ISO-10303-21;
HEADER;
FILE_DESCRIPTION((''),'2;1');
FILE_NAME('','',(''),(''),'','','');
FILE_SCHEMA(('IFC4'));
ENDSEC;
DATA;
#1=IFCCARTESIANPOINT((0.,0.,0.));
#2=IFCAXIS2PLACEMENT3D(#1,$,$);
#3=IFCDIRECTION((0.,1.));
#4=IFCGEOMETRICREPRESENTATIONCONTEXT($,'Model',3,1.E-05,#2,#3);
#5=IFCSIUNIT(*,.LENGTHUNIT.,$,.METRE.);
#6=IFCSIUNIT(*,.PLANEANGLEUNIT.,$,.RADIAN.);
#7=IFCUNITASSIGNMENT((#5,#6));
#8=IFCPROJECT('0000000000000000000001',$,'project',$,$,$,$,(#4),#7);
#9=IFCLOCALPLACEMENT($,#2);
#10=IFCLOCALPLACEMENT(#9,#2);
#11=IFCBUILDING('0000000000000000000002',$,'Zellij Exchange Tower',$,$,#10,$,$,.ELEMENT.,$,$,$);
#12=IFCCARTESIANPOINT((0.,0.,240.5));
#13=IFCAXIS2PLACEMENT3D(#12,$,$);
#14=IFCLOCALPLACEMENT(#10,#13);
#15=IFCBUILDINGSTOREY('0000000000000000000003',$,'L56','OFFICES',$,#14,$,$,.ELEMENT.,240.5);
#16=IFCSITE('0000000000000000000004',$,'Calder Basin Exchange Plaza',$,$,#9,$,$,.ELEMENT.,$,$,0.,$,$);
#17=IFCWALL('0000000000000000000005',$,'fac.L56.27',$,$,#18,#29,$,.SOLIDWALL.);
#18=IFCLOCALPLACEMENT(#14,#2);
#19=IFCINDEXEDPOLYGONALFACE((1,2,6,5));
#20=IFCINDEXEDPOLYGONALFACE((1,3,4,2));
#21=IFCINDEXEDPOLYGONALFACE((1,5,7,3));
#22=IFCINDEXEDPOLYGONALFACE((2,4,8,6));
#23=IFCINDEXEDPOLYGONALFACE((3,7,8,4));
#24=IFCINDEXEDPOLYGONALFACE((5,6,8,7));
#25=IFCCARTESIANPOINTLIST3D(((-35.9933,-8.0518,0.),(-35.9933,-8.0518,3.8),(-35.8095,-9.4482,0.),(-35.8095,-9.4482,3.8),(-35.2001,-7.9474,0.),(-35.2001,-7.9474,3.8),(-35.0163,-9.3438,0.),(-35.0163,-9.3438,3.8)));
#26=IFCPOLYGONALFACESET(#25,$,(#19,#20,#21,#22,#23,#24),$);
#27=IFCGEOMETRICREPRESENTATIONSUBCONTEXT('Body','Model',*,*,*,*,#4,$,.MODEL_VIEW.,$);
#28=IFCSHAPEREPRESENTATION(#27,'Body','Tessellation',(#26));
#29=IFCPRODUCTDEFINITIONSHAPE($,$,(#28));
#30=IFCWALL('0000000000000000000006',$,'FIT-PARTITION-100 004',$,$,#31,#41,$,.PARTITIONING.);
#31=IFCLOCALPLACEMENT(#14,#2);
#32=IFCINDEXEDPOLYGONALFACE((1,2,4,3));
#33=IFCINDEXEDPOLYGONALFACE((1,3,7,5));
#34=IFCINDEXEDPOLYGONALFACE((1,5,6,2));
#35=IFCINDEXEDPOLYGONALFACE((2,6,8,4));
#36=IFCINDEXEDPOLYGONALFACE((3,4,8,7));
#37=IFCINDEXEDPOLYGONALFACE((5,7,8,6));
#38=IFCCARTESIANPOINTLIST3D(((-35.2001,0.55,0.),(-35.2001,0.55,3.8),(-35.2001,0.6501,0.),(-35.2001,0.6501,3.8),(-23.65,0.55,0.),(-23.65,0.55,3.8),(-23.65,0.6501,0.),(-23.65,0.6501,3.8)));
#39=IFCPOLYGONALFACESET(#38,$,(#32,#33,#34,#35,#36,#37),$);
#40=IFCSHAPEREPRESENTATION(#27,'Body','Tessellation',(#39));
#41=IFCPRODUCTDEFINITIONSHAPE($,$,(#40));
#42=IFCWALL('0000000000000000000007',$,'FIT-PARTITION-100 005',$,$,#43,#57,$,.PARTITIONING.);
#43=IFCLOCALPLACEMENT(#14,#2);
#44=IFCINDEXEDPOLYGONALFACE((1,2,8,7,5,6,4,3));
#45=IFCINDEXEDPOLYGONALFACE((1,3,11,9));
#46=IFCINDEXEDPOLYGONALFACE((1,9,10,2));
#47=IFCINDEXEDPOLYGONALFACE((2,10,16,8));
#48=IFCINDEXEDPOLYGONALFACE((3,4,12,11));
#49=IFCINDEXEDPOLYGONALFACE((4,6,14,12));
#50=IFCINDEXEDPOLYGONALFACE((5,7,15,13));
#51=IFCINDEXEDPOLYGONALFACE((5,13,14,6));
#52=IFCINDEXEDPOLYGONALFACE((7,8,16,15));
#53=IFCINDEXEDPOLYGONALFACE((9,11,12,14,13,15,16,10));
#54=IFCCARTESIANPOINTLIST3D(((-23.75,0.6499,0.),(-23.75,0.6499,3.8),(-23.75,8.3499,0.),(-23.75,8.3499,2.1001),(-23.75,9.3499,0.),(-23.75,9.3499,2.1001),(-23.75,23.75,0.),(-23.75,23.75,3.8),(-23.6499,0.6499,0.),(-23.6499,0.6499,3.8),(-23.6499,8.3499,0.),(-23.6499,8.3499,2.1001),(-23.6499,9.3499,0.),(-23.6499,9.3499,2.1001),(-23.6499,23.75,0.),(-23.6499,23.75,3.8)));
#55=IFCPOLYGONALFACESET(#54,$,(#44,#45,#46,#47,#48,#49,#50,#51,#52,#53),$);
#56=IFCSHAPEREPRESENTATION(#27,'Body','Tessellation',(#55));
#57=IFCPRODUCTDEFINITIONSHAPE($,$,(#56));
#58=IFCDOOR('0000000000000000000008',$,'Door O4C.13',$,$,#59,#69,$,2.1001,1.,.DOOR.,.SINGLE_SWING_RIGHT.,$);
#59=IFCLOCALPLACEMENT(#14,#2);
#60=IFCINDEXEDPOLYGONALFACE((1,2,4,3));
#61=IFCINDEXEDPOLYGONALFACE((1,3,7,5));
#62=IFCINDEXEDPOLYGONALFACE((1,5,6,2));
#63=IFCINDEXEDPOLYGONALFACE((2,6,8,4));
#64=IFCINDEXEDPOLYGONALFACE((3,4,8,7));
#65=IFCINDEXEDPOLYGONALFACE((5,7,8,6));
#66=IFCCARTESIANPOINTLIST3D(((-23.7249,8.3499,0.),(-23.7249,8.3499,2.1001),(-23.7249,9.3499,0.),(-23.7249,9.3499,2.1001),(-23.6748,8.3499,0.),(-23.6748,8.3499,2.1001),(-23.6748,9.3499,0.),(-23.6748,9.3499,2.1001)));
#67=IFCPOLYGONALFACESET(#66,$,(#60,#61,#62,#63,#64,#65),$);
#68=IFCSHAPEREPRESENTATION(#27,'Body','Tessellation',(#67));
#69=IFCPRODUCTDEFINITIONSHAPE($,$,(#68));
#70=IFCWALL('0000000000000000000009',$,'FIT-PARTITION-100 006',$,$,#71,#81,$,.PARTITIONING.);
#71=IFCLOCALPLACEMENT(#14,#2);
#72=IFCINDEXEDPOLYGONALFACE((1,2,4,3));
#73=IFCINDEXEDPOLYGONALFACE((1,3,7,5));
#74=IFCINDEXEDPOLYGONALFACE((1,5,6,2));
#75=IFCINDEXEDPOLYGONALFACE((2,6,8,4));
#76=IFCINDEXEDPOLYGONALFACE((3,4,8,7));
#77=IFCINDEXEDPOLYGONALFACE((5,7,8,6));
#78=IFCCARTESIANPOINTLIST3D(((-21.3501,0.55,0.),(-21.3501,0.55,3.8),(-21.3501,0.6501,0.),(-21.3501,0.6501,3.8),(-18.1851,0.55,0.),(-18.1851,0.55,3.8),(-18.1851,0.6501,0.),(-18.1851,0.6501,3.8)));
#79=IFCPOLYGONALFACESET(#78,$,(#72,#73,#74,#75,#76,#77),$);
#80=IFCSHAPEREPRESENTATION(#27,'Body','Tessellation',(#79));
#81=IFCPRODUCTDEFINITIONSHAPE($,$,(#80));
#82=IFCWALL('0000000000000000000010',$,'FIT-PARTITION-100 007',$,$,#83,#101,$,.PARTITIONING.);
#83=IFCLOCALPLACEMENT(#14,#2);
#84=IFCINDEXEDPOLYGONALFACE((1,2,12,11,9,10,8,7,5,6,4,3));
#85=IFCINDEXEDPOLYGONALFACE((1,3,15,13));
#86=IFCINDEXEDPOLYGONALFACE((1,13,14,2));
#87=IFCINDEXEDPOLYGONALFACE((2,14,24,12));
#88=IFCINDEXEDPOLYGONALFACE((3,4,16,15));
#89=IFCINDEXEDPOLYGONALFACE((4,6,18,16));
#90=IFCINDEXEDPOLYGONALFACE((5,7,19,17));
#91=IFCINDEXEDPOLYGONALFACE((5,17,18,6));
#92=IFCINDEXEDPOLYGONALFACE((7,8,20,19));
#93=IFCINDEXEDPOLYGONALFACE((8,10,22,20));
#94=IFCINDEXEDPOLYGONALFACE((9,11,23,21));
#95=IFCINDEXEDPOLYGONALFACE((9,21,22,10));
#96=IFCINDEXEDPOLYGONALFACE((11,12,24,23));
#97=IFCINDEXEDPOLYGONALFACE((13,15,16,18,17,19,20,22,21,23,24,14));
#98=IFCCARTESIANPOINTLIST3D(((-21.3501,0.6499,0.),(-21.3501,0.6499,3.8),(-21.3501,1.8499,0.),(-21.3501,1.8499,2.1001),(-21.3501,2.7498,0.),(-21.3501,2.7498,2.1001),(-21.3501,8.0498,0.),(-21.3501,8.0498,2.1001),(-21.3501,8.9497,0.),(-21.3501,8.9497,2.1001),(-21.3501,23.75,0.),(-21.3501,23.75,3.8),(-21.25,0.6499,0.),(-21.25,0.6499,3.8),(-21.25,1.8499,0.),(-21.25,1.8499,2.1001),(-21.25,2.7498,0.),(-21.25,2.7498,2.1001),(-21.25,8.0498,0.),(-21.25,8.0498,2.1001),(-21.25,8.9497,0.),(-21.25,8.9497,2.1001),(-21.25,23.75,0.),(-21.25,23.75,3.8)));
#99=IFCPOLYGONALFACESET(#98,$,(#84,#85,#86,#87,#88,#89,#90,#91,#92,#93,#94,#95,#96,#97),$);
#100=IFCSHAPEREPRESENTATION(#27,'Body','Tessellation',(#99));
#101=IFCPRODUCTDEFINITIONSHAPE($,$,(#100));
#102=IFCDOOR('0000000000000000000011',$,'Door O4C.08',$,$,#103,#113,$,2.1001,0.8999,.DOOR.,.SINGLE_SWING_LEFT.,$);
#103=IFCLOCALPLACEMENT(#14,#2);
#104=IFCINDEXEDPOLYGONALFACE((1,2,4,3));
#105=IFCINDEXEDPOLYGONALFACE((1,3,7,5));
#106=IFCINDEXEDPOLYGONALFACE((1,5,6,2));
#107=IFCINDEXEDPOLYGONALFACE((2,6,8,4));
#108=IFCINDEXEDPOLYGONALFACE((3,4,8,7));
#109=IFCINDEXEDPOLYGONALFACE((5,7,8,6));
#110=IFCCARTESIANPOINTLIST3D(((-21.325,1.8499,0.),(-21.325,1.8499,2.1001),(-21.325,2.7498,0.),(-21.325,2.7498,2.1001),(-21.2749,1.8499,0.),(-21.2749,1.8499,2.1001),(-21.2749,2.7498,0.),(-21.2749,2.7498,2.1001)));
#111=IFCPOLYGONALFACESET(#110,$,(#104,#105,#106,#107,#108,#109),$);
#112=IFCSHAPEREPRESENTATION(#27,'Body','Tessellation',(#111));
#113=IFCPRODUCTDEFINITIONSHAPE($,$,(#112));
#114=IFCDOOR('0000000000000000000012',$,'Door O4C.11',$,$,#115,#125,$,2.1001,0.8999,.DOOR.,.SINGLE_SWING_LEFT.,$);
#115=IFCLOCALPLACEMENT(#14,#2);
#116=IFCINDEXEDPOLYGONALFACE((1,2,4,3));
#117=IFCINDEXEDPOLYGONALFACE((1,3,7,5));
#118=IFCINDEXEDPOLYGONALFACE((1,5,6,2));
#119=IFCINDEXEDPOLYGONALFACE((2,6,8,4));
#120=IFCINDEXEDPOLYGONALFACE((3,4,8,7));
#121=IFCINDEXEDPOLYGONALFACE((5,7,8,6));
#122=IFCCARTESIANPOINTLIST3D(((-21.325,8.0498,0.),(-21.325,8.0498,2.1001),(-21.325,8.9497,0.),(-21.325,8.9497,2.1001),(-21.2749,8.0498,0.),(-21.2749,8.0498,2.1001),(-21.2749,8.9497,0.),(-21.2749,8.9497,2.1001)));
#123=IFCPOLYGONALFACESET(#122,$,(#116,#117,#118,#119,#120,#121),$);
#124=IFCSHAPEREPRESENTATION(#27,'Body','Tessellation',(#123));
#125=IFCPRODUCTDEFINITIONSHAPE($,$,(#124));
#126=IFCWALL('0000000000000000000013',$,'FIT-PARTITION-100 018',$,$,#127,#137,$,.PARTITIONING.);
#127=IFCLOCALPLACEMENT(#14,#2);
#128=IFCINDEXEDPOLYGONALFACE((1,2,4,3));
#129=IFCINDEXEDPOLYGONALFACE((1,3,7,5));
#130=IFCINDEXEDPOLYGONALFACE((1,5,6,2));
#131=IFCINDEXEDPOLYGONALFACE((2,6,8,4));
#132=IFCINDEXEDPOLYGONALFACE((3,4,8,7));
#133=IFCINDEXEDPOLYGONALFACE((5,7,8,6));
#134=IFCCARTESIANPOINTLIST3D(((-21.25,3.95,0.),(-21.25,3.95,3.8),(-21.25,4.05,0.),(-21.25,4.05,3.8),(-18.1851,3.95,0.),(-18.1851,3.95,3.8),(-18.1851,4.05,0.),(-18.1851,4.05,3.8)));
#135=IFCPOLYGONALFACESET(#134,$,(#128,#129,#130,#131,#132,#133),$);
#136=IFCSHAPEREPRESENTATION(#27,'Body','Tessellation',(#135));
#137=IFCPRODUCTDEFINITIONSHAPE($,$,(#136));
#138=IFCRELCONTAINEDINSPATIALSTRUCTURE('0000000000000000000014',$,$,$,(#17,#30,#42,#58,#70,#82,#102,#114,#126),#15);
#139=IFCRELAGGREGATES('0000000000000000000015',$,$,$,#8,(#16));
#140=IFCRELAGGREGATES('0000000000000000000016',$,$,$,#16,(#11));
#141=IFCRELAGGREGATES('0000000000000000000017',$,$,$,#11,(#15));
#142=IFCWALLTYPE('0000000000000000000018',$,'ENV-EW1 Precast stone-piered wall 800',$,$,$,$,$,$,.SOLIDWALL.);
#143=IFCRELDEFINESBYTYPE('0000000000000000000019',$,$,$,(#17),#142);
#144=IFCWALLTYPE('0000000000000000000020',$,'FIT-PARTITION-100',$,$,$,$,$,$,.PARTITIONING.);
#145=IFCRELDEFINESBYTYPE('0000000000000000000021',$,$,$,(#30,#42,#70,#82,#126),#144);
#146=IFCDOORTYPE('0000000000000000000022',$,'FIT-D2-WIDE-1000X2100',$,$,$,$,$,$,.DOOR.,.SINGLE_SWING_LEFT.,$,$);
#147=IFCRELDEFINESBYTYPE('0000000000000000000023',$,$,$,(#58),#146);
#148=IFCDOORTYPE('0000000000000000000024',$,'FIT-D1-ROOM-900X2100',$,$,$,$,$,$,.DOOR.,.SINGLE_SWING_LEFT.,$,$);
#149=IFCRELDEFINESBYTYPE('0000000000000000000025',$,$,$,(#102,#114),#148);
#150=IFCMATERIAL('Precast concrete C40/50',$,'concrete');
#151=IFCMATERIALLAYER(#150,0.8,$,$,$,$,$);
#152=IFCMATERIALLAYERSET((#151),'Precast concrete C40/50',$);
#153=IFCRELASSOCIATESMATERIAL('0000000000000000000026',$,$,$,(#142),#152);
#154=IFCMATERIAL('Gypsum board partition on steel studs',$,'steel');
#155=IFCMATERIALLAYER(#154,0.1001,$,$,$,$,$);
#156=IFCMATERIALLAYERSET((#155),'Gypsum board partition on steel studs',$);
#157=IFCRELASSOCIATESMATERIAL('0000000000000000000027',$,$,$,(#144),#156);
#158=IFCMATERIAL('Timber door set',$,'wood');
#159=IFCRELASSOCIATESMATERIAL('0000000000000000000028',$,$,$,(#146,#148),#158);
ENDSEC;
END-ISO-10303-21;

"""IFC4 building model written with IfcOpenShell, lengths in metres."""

from ifc_helpers import new_model, si_unit, direction, frame, frame_2d, origin, place, context, subcontext, project, spatial, rectangle, extrude, material, layer, layer_set, type_object, element, fill, save


model = new_model("IFC4")

# Units and contexts
model_context = context("Model", 3, precision=1e-05, world=origin(), true_north=direction((0.0, 1.0)))
body_context = subcontext(model_context, "Body", "Model", "MODEL_VIEW")
ifc_project = project(units=[si_unit("LENGTHUNIT", "METRE"), si_unit("PLANEANGLEUNIT", "RADIAN")], contexts=[model_context])

# Site, building, storey
site_placement = place(None, origin())
site = spatial("IfcSite", under=ifc_project, at=site_placement, Name="Calder Basin Exchange Plaza", CompositionType="ELEMENT", RefElevation=0.0)
building_placement = place(site_placement, origin())
building = spatial("IfcBuilding", under=site, at=building_placement, Name="Zellij Exchange Tower", CompositionType="ELEMENT")
storey_placement = place(building_placement, frame((0.0, 0.0, 240.5)))
storey = spatial("IfcBuildingStorey", under=building, at=storey_placement, Name="L56", Description="OFFICES", CompositionType="ELEMENT", Elevation=240.5)

# Walls
ifc_material_1 = material(Name="Precast concrete C40/50", Category="concrete")
ifc_layer_1 = layer(ifc_material_1, 0.8)
ifc_layer_set_1 = layer_set([ifc_layer_1], Name="Precast concrete C40/50")
wall_type_1 = type_object("IfcWallType", Name="ENV-EW1 Precast stone-piered wall 800", PredefinedType="SOLIDWALL", material=ifc_layer_set_1)
wall_1_placement = place(storey_placement, frame((-35.5967, -7.9998, 0.0), z_axis=(0.0, 0.0, 1.0), x_axis=(0.130517, -0.991446, 0.0)))
element("IfcWall", 1, at=wall_1_placement, inside=storey, type_object=wall_type_1, Name="fac.L56.27", PredefinedType="SOLIDWALL", context=body_context, shape_type="SweptSolid", body=[
    extrude(rectangle(XDim=1.4084, YDim=0.8, at=frame_2d((0.7041, 0.0))), origin(), (0.0, 0.0, 1.0), 3.8),
])
ifc_material_2 = material(Name="Gypsum board partition on steel studs", Category="steel")
ifc_layer_2 = layer(ifc_material_2, 0.1001)
ifc_layer_set_2 = layer_set([ifc_layer_2], Name="Gypsum board partition on steel studs")
wall_type_2 = type_object("IfcWallType", Name="FIT-PARTITION-100", PredefinedType="PARTITIONING", material=ifc_layer_set_2)
wall_2_placement = place(storey_placement, frame((-35.2, 0.6001, 0.0), z_axis=(0.0, 0.0, 1.0), x_axis=(1.0, 0.0, 0.0)))
element("IfcWall", 2, at=wall_2_placement, inside=storey, type_object=wall_type_2, Name="FIT-PARTITION-100 004", PredefinedType="PARTITIONING", context=body_context, shape_type="SweptSolid", body=[
    extrude(rectangle(XDim=11.55, YDim=0.1001, at=frame_2d((5.7749, 0.0))), origin(), (0.0, 0.0, 1.0), 3.8),
])

# Wall, opening, door
wall_3_placement = place(storey_placement, frame((-23.7, 0.6499, 0.0), z_axis=(0.0, 0.0, 1.0), x_axis=(0.0, 1.0, 0.0)))
wall_3 = element("IfcWall", 3, at=wall_3_placement, inside=storey, type_object=wall_type_2, Name="FIT-PARTITION-100 005", PredefinedType="PARTITIONING", context=body_context, shape_type="SweptSolid", body=[
    extrude(rectangle(XDim=23.1001, YDim=0.1001, at=frame_2d((11.55, 0.0))), origin(), (0.0, 0.0, 1.0), 3.8),
])
opening_1_placement = place(wall_3_placement, frame((7.7, 0.0, 0.0)))
opening_1 = element("IfcOpeningElement", 4, at=opening_1_placement, cuts=wall_3, PredefinedType="OPENING", context=body_context, shape_type="SweptSolid", body=[
    extrude(rectangle(XDim=1.0, YDim=2.1001, at=frame_2d((0.5, 1.05))), frame((0.0, 0.062, 0.0), z_axis=(0.0, -1.0, 0.0), x_axis=(1.0, 0.0, 0.0)), (0.0, 0.0, 1.0), 0.124),
])
ifc_material_3 = material(Name="Timber door set", Category="wood")
door_type_1 = type_object("IfcDoorType", Name="FIT-D2-WIDE-1000X2100", OperationType="SINGLE_SWING_LEFT", PredefinedType="DOOR", material=ifc_material_3)
door_1_placement = place(opening_1_placement, origin())
door_1 = element("IfcDoor", 5, at=door_1_placement, inside=storey, type_object=door_type_1, Name="Door O4C.13", OperationType="SINGLE_SWING_RIGHT", OverallHeight=2.1001, OverallWidth=1.0, PredefinedType="DOOR", context=body_context, shape_type="SweptSolid", body=[
    extrude(rectangle(XDim=1.0, YDim=2.1001, at=frame_2d((0.5, 1.05))), frame((0.0, 0.0249, 0.0), z_axis=(0.0, -1.0, 0.0), x_axis=(1.0, 0.0, 0.0)), (0.0, 0.0, 1.0), 0.05),
])
fill(opening_1, door_1)

# Wall
wall_4_placement = place(storey_placement, frame((-21.3501, 0.6001, 0.0), z_axis=(0.0, 0.0, 1.0), x_axis=(1.0, 0.0, 0.0)))
element("IfcWall", 6, at=wall_4_placement, inside=storey, type_object=wall_type_2, Name="FIT-PARTITION-100 006", PredefinedType="PARTITIONING", context=body_context, shape_type="SweptSolid", body=[
    extrude(rectangle(XDim=3.165, YDim=0.1001, at=frame_2d((1.5825, 0.0))), origin(), (0.0, 0.0, 1.0), 3.8),
])

# Wall, openings, doors
wall_5_placement = place(storey_placement, frame((-21.3, 0.6499, 0.0), z_axis=(0.0, 0.0, 1.0), x_axis=(0.0, 1.0, 0.0)))
wall_5 = element("IfcWall", 7, at=wall_5_placement, inside=storey, type_object=wall_type_2, Name="FIT-PARTITION-100 007", PredefinedType="PARTITIONING", context=body_context, shape_type="SweptSolid", body=[
    extrude(rectangle(XDim=23.1001, YDim=0.1001, at=frame_2d((11.55, 0.0))), origin(), (0.0, 0.0, 1.0), 3.8),
])
opening_2_placement = place(wall_5_placement, frame((1.2, 0.0, 0.0)))
opening_2 = element("IfcOpeningElement", 8, at=opening_2_placement, cuts=wall_5, PredefinedType="OPENING", context=body_context, shape_type="SweptSolid", body=[
    extrude(rectangle(XDim=0.8999, YDim=2.1001, at=frame_2d((0.45, 1.05))), frame((0.0, 0.062, 0.0), z_axis=(0.0, -1.0, 0.0), x_axis=(1.0, 0.0, 0.0)), (0.0, 0.0, 1.0), 0.124),
])
opening_3_placement = place(wall_5_placement, frame((7.3999, 0.0, 0.0)))
opening_3 = element("IfcOpeningElement", 9, at=opening_3_placement, cuts=wall_5, PredefinedType="OPENING", context=body_context, shape_type="SweptSolid", body=[
    extrude(rectangle(XDim=0.8999, YDim=2.1001, at=frame_2d((0.45, 1.05))), frame((0.0, 0.062, 0.0), z_axis=(0.0, -1.0, 0.0), x_axis=(1.0, 0.0, 0.0)), (0.0, 0.0, 1.0), 0.124),
])
door_type_2 = type_object("IfcDoorType", Name="FIT-D1-ROOM-900X2100", OperationType="SINGLE_SWING_LEFT", PredefinedType="DOOR", material=ifc_material_3)
door_2_placement = place(opening_2_placement, origin())
door_2 = element("IfcDoor", 10, at=door_2_placement, inside=storey, type_object=door_type_2, Name="Door O4C.08", OperationType="SINGLE_SWING_LEFT", OverallHeight=2.1001, OverallWidth=0.8999, PredefinedType="DOOR", context=body_context, shape_type="SweptSolid", body=[
    extrude(rectangle(XDim=0.8999, YDim=2.1001, at=frame_2d((0.45, 1.05))), frame((0.0, 0.0249, 0.0), z_axis=(0.0, -1.0, 0.0), x_axis=(1.0, 0.0, 0.0)), (0.0, 0.0, 1.0), 0.05),
])
fill(opening_2, door_2)
door_3_placement = place(opening_3_placement, origin())
door_3 = element("IfcDoor", 11, at=door_3_placement, inside=storey, type_object=door_type_2, Name="Door O4C.11", OperationType="SINGLE_SWING_LEFT", OverallHeight=2.1001, OverallWidth=0.8999, PredefinedType="DOOR", context=body_context, shape_type="SweptSolid", body=[
    extrude(rectangle(XDim=0.8999, YDim=2.1001, at=frame_2d((0.45, 1.05))), frame((0.0, 0.0249, 0.0), z_axis=(0.0, -1.0, 0.0), x_axis=(1.0, 0.0, 0.0)), (0.0, 0.0, 1.0), 0.05),
])
fill(opening_3, door_3)

# Wall
wall_6_placement = place(storey_placement, frame((-21.25, 4.0, 0.0), z_axis=(0.0, 0.0, 1.0), x_axis=(1.0, 0.0, 0.0)))
element("IfcWall", 12, at=wall_6_placement, inside=storey, type_object=wall_type_2, Name="FIT-PARTITION-100 018", PredefinedType="PARTITIONING", context=body_context, shape_type="SweptSolid", body=[
    extrude(rectangle(XDim=3.0649, YDim=0.1001, at=frame_2d((1.5325, 0.0))), origin(), (0.0, 0.0, 1.0), 3.8),
])

save(model, "model.ifc")
